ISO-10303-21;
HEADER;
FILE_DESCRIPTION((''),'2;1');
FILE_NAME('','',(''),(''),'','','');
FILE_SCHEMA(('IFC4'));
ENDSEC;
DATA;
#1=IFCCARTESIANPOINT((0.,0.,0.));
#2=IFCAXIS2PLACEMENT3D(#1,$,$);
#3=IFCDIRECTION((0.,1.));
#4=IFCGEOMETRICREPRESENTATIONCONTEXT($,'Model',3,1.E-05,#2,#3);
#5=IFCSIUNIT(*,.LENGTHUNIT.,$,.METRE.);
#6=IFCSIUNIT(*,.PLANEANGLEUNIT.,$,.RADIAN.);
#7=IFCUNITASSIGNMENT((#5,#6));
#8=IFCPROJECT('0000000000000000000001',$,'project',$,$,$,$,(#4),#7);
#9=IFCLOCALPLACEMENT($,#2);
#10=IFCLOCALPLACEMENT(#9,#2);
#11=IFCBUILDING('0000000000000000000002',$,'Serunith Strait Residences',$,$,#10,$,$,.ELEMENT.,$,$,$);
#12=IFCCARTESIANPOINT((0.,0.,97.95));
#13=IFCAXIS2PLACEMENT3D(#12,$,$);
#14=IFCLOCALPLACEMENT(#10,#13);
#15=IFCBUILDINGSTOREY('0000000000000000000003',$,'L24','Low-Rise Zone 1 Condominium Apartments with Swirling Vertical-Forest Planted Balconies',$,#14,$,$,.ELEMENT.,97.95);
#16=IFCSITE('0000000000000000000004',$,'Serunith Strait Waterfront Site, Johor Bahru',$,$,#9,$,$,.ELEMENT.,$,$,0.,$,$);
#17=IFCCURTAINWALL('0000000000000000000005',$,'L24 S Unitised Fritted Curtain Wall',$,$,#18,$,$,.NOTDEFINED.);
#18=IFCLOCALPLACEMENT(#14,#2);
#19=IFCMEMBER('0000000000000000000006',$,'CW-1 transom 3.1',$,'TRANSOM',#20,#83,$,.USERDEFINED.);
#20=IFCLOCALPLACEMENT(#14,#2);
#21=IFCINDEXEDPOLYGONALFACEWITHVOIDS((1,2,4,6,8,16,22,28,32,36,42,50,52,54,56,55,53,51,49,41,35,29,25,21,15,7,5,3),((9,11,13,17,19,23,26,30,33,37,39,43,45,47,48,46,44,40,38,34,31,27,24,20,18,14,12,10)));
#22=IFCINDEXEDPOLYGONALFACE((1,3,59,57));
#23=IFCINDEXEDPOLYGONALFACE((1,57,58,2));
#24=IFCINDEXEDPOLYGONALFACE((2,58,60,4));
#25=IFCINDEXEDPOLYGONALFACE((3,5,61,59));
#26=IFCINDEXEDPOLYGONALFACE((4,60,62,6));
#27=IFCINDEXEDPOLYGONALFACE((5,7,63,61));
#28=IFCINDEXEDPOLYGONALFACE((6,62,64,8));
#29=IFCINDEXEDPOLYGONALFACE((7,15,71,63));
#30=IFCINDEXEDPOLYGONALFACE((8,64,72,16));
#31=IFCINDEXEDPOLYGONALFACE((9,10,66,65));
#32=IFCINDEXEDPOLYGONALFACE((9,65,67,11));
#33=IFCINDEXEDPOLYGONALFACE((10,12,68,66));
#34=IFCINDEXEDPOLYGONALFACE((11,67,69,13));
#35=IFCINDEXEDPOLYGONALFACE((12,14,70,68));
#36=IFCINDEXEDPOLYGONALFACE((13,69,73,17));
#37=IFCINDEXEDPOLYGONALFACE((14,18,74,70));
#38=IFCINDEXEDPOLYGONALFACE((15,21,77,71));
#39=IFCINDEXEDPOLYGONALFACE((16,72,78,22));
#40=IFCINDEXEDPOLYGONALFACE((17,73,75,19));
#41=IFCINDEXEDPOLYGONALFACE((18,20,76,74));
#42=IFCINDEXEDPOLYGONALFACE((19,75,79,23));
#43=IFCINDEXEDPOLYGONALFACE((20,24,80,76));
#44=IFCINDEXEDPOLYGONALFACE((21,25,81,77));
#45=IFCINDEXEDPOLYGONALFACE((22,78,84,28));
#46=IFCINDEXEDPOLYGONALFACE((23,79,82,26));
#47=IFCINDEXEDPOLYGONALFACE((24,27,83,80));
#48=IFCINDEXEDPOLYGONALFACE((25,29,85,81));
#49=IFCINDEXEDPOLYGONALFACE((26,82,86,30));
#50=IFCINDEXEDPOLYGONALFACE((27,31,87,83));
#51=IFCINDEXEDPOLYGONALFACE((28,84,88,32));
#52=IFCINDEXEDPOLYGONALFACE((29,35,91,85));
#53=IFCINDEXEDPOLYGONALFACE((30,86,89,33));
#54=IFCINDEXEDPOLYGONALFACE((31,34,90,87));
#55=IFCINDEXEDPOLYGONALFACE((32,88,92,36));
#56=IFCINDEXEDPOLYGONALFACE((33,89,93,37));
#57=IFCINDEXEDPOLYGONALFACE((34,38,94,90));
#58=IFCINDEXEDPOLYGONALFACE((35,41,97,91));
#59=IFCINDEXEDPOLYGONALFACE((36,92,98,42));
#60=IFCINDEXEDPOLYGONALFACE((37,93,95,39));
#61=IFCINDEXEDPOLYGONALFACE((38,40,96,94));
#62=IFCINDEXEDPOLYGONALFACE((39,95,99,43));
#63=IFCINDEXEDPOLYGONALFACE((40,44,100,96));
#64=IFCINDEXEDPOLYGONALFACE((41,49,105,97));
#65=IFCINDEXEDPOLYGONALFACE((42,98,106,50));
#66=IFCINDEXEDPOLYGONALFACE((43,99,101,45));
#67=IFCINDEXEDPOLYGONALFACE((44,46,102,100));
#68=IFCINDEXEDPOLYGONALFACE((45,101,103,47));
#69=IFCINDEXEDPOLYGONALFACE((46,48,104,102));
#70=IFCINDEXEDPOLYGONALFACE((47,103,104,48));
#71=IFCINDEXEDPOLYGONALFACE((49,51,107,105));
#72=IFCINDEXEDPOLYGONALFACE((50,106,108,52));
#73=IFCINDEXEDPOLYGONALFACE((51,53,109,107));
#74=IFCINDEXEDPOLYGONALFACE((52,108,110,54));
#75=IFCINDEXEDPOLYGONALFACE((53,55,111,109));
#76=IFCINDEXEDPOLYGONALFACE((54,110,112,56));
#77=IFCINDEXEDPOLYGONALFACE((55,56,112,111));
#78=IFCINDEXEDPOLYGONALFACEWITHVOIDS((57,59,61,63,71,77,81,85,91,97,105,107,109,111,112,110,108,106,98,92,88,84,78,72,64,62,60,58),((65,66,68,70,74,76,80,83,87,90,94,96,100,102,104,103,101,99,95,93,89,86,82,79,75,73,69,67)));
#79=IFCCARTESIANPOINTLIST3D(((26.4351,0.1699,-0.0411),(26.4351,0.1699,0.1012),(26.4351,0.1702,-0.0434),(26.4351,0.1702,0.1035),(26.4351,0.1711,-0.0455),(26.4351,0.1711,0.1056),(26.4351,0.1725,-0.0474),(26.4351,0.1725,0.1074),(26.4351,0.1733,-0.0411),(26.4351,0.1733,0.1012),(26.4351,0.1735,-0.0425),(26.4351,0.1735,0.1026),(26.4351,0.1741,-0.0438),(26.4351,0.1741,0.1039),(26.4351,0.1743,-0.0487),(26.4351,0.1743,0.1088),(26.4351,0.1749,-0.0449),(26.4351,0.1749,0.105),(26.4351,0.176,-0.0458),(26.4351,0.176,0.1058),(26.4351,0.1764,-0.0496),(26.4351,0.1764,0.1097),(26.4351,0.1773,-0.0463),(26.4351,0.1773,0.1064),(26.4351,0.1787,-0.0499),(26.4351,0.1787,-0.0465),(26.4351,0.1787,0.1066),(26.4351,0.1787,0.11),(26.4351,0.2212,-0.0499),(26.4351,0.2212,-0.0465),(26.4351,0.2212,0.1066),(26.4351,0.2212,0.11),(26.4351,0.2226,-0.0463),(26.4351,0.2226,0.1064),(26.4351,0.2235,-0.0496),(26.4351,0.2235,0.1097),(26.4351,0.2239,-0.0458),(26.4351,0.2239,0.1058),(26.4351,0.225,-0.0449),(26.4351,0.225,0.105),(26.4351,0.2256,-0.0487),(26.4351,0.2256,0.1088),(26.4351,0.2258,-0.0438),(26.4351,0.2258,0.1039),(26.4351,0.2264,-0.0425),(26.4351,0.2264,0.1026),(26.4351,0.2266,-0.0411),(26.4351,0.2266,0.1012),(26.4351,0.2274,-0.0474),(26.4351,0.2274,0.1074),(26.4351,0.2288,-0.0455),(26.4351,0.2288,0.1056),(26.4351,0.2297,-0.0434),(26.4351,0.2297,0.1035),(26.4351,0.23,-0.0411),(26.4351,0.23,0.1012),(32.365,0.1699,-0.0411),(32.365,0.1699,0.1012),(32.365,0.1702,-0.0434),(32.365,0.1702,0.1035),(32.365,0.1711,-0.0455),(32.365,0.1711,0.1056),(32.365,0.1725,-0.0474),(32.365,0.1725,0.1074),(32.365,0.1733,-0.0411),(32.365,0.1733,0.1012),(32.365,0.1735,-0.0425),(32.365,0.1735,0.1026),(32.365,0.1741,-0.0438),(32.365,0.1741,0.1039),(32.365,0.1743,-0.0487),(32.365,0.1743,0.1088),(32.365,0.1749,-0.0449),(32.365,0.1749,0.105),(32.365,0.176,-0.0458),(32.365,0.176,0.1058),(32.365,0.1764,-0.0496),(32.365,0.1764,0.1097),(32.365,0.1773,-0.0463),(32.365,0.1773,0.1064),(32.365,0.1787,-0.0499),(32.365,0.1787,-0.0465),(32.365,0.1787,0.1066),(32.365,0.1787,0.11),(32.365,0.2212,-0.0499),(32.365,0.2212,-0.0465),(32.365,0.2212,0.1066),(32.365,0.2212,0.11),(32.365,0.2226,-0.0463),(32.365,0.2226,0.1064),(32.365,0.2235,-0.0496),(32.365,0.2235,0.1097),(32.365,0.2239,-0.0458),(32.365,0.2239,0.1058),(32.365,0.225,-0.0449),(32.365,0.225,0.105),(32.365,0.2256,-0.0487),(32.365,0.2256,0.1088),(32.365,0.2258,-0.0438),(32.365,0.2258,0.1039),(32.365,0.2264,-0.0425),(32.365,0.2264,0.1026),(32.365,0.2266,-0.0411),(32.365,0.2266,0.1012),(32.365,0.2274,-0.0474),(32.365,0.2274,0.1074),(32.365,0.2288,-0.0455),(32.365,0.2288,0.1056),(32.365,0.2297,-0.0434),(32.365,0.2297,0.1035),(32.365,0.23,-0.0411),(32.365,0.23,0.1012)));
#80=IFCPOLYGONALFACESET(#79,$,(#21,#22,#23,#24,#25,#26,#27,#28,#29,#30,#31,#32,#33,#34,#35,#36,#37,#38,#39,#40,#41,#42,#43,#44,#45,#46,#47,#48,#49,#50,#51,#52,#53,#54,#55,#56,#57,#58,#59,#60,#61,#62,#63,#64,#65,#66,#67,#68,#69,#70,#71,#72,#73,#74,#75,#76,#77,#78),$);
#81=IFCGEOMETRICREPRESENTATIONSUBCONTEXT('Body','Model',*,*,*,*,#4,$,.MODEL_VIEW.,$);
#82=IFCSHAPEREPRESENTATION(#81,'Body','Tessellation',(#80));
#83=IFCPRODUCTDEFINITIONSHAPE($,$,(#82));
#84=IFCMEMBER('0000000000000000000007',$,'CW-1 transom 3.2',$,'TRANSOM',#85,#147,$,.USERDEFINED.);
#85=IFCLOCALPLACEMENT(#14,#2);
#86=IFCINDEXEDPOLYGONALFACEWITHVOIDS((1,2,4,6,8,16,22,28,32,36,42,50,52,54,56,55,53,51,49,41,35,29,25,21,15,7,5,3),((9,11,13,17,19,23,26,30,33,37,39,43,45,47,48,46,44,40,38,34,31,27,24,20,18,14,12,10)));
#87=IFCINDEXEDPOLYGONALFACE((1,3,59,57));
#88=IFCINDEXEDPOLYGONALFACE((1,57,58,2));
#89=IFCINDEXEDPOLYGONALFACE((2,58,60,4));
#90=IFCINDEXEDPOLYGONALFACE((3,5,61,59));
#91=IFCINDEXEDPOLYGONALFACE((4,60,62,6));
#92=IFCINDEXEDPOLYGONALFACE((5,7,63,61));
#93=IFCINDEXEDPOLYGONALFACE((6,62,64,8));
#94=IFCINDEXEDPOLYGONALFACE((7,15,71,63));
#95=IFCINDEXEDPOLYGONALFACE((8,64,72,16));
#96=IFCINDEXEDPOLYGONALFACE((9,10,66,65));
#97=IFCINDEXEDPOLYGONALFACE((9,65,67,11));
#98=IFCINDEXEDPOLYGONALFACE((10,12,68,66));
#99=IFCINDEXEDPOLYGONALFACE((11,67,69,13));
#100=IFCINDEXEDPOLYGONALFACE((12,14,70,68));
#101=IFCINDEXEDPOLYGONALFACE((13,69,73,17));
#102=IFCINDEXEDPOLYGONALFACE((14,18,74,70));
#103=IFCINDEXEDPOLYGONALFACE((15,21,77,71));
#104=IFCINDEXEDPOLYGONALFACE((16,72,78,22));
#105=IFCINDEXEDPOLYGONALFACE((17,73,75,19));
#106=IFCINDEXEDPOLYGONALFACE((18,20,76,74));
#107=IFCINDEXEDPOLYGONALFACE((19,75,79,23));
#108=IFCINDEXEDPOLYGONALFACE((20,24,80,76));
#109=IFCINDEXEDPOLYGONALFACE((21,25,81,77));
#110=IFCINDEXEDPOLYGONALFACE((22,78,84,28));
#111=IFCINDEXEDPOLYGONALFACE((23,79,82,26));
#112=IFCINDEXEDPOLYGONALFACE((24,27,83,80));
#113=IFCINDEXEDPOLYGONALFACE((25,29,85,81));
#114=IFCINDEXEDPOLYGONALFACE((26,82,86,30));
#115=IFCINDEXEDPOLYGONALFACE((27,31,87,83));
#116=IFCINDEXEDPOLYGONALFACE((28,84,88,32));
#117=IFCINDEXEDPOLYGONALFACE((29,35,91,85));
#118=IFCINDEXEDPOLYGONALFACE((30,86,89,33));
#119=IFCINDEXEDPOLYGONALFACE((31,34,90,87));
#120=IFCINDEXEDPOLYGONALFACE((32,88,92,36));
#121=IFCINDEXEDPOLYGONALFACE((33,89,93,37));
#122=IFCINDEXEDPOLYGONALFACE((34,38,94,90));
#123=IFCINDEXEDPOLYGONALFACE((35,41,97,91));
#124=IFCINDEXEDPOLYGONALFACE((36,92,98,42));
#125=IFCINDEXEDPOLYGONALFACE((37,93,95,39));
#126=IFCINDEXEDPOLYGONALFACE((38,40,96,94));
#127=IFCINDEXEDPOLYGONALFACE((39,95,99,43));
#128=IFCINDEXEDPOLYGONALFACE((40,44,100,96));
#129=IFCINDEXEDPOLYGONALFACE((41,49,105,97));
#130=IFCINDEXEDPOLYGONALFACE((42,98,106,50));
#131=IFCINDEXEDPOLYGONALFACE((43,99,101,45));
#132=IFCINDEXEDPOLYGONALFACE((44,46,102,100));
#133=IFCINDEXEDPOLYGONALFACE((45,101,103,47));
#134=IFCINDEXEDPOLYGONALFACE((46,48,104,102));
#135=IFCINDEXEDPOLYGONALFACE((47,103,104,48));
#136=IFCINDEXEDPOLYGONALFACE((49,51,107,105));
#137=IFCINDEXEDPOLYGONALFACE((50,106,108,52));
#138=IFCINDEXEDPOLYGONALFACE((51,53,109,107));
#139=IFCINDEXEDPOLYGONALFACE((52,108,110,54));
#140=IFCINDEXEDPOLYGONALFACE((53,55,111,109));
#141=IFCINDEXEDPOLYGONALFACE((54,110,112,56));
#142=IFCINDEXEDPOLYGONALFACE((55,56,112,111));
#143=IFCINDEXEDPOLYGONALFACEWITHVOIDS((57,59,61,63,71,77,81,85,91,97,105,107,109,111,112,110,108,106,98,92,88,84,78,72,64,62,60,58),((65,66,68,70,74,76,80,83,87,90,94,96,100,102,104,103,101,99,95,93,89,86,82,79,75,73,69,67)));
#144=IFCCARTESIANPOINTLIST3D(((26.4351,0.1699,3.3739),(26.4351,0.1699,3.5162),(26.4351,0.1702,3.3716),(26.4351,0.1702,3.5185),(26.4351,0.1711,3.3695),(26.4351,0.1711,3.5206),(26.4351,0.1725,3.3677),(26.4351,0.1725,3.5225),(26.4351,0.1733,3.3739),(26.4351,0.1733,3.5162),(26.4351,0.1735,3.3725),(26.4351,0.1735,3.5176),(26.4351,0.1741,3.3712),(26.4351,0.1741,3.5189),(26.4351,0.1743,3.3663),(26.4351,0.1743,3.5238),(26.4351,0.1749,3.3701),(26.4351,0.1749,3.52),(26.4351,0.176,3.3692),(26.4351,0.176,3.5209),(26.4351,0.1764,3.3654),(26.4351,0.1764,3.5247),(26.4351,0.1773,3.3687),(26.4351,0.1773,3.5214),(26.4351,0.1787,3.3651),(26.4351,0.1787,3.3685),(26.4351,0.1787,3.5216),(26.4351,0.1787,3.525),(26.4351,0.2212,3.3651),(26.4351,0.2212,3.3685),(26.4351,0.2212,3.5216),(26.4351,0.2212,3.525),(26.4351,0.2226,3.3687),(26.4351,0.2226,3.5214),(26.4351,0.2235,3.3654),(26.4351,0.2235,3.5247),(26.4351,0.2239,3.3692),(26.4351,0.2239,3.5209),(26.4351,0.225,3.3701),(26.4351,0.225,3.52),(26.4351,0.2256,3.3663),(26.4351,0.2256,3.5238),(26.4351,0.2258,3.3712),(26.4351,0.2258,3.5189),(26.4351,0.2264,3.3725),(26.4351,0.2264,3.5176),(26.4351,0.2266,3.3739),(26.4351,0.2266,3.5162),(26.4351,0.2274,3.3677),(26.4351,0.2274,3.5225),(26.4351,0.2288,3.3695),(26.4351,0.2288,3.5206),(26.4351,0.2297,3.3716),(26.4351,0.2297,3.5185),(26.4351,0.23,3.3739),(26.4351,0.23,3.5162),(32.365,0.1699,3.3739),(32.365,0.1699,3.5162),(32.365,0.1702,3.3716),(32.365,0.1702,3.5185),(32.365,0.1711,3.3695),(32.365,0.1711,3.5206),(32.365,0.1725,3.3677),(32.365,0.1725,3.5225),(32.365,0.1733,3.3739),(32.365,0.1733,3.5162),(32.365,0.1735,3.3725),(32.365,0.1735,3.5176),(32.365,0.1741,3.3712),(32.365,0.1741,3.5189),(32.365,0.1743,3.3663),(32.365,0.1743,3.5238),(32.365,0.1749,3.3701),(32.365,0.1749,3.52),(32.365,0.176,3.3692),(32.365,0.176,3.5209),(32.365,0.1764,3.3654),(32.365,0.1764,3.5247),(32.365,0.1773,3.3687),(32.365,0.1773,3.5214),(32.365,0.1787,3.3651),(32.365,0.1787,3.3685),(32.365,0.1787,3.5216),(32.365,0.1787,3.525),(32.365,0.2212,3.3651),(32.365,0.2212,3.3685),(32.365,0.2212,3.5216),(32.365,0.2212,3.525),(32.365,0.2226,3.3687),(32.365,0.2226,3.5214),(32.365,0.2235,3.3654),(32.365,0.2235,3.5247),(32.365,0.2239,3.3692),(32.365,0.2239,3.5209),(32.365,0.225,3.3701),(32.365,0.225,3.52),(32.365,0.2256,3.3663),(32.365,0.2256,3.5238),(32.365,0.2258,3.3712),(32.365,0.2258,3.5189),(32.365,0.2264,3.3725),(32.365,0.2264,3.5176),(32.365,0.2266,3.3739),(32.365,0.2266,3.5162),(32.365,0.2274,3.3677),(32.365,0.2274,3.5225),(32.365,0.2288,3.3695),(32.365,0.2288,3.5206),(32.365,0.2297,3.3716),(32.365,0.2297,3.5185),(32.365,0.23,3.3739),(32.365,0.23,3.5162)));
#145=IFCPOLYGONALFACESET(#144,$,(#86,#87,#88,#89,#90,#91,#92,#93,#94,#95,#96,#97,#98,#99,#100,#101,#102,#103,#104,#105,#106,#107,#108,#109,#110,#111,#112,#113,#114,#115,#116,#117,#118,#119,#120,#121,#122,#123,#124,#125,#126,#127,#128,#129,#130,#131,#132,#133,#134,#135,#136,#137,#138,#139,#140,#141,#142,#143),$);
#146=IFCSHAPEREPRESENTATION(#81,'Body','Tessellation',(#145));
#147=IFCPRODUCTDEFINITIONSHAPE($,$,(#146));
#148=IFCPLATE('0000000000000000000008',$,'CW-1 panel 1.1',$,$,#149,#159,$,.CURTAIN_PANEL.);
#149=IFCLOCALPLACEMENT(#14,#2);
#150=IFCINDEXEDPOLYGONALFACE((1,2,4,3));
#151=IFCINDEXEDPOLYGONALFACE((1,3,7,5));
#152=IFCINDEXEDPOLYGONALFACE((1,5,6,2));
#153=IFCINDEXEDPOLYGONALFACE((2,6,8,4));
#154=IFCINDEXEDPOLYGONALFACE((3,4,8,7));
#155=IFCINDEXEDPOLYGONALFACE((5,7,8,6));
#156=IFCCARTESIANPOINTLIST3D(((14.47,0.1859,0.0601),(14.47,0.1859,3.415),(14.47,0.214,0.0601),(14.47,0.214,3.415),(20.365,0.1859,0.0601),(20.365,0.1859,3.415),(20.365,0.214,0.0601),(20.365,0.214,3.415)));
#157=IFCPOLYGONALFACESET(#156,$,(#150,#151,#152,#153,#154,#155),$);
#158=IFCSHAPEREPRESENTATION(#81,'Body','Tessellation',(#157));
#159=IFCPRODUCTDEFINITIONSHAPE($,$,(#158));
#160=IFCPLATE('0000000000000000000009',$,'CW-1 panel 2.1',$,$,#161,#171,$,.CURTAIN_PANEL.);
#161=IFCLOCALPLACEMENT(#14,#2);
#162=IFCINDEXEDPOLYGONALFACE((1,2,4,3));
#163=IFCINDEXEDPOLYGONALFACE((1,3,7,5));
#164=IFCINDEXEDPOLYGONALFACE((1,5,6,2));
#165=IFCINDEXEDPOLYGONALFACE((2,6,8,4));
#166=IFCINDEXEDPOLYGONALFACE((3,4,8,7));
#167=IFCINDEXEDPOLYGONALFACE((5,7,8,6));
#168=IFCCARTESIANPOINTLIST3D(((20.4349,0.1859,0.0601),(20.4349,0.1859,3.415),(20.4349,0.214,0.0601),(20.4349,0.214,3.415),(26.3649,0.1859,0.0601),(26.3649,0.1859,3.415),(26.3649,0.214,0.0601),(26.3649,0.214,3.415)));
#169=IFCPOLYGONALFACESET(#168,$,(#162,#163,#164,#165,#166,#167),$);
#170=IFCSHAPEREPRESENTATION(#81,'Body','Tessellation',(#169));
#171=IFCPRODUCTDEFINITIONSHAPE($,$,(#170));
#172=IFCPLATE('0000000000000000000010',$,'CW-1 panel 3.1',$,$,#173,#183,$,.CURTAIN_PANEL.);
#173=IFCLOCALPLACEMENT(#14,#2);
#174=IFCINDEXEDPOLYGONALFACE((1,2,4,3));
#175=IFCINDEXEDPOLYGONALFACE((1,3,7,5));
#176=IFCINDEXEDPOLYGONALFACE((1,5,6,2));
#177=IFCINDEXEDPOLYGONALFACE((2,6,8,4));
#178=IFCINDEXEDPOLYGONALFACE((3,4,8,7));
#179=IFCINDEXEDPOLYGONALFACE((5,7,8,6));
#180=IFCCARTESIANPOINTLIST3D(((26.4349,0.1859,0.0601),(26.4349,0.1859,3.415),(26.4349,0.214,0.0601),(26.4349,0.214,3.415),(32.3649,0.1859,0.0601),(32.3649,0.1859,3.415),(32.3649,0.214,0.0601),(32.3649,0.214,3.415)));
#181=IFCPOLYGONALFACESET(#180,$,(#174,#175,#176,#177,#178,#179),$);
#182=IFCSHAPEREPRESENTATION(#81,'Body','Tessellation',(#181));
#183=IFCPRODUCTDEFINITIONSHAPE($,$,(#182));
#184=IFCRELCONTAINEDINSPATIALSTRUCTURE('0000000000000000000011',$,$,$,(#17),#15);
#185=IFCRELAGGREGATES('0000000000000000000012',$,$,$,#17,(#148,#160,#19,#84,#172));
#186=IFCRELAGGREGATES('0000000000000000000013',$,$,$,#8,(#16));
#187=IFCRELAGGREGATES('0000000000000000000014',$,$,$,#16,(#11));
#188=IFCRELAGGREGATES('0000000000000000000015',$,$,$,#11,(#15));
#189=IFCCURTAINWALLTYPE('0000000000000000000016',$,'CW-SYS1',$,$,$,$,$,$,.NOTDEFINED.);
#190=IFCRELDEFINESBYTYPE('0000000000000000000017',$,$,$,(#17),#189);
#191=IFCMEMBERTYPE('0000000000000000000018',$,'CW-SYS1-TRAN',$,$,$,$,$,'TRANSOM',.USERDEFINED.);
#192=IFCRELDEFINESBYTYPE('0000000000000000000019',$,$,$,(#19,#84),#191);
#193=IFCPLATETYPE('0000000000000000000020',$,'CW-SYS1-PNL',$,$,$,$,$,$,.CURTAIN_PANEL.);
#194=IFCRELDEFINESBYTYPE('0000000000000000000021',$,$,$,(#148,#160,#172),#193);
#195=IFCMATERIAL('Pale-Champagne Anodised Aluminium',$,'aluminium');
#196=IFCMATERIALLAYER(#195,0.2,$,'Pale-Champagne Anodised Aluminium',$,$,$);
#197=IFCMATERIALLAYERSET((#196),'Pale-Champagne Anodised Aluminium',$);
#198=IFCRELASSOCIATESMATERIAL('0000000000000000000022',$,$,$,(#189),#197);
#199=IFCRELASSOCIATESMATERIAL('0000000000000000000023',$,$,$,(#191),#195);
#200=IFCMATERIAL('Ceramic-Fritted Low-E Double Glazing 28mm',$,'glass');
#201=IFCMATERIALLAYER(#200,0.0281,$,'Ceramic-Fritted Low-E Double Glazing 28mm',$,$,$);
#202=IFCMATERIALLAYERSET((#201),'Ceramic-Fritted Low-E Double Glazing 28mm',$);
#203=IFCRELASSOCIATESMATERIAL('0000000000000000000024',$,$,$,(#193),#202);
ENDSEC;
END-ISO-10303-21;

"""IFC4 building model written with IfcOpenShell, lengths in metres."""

from ifc_helpers import new_model, si_unit, direction, frame, origin, origin_2d, place, context, subcontext, project, spatial, rectangle, hollow_rectangle, extrude, source, transform, mapped, material, layer, layer_set, material_profile, profile_set, type_object, element, aggregate, save


model = new_model("IFC4")

# Units and contexts
model_context = context("Model", 3, precision=1e-05, world=origin(), true_north=direction((0.0, 1.0)))
body_context = subcontext(model_context, "Body", "Model", "MODEL_VIEW")
ifc_project = project(units=[si_unit("LENGTHUNIT", "METRE"), si_unit("PLANEANGLEUNIT", "RADIAN")], contexts=[model_context])

# Site, building, storey
site_placement = place(None, origin())
site = spatial("IfcSite", under=ifc_project, at=site_placement, Name="Serunith Strait Waterfront Site, Johor Bahru", CompositionType="ELEMENT", RefElevation=0.0)
building_placement = place(site_placement, origin())
building = spatial("IfcBuilding", under=site, at=building_placement, Name="Serunith Strait Residences", CompositionType="ELEMENT")
storey_placement = place(building_placement, frame((0.0, 0.0, 97.95)))
storey = spatial("IfcBuildingStorey", under=building, at=storey_placement, Name="L24", Description="Low-Rise Zone 1 Condominium Apartments with Swirling Vertical-Forest Planted Balconies", CompositionType="ELEMENT", Elevation=97.95)

# Curtain wall, members, plates
ifc_material_1 = material(Name="Pale-Champagne Anodised Aluminium", Category="aluminium")
ifc_layer_1 = layer(ifc_material_1, 0.2, Name="Pale-Champagne Anodised Aluminium")
ifc_layer_set_1 = layer_set([ifc_layer_1], Name="Pale-Champagne Anodised Aluminium")
curtain_wall_type = type_object("IfcCurtainWallType", Name="CW-SYS1", PredefinedType="NOTDEFINED", material=ifc_layer_set_1)
curtain_wall_placement = place(storey_placement, origin())
curtain_wall = element("IfcCurtainWall", 1, at=curtain_wall_placement, inside=storey, type_object=curtain_wall_type, Name="L24 S Unitised Fritted Curtain Wall", PredefinedType="NOTDEFINED")
ifc_material_profile_1 = material_profile(ifc_material_1, hollow_rectangle(XDim=0.0601, YDim=0.1599, WallThickness=0.0034, InnerFilletRadius=0.0054, OuterFilletRadius=0.0088, at=origin_2d()), Name="ALU 160x60x3.5")
ifc_profile_set_1 = profile_set([ifc_material_profile_1], Name="Pale-Champagne Anodised Aluminium")
member_type_1 = type_object("IfcMemberType", Name="CW-SYS1-TRAN", ElementType="TRANSOM", PredefinedType="USERDEFINED", material=ifc_profile_set_1)
shared_shape_1 = source(origin(), body_context, "Body", "SweptSolid", [
    extrude(hollow_rectangle(XDim=0.0601, YDim=0.1599, WallThickness=0.0034, InnerFilletRadius=0.0054, OuterFilletRadius=0.0088, at=origin_2d()), origin(), (0.0, 0.0, 1.0), 5.9299),
])
member_1_placement = place(storey_placement, frame((26.4351, 0.2, 0.03), z_axis=(1.0, 0.0, 0.0), x_axis=(0.0, 1.0, 0.0)))
member_1 = element("IfcMember", 2, at=member_1_placement, type_object=member_type_1, Name="CW-1 transom 3.1", ObjectType="TRANSOM", PredefinedType="USERDEFINED", context=body_context, shape_type="MappedRepresentation", body=[
    mapped(shared_shape_1, transform((0.0, 0.0, 0.0), scale=1.0)),
])
member_2_placement = place(storey_placement, frame((26.4351, 0.2, 3.4451), z_axis=(1.0, 0.0, 0.0), x_axis=(0.0, 1.0, 0.0)))
member_2 = element("IfcMember", 3, at=member_2_placement, type_object=member_type_1, Name="CW-1 transom 3.2", ObjectType="TRANSOM", PredefinedType="USERDEFINED", context=body_context, shape_type="MappedRepresentation", body=[
    mapped(shared_shape_1, transform((0.0, 0.0, 0.0), scale=1.0)),
])
ifc_material_2 = material(Name="Ceramic-Fritted Low-E Double Glazing 28mm", Category="glass")
ifc_layer_2 = layer(ifc_material_2, 0.0281, Name="Ceramic-Fritted Low-E Double Glazing 28mm")
ifc_layer_set_2 = layer_set([ifc_layer_2], Name="Ceramic-Fritted Low-E Double Glazing 28mm")
plate_type = type_object("IfcPlateType", Name="CW-SYS1-PNL", PredefinedType="CURTAIN_PANEL", material=ifc_layer_set_2)
shared_shape_2 = source(origin(), body_context, "Body", "SweptSolid", [
    extrude(rectangle(XDim=5.895, YDim=0.0281, at=origin_2d()), origin(), (0.0, 0.0, 1.0), 3.355),
])
plate_1_placement = place(storey_placement, frame((17.4175, 0.2, 0.0601), z_axis=(0.0, 0.0, 1.0), x_axis=(1.0, 0.0, 0.0)))
plate_1 = element("IfcPlate", 4, at=plate_1_placement, type_object=plate_type, Name="CW-1 panel 1.1", PredefinedType="CURTAIN_PANEL", context=body_context, shape_type="MappedRepresentation", body=[
    mapped(shared_shape_2, transform((0.0, 0.0, 0.0), scale=1.0)),
])
shared_shape_3 = source(origin(), body_context, "Body", "SweptSolid", [
    extrude(rectangle(XDim=5.9299, YDim=0.0281, at=origin_2d()), origin(), (0.0, 0.0, 1.0), 3.355),
])
plate_2_placement = place(storey_placement, frame((23.3999, 0.2, 0.0601), z_axis=(0.0, 0.0, 1.0), x_axis=(1.0, 0.0, 0.0)))
plate_2 = element("IfcPlate", 5, at=plate_2_placement, type_object=plate_type, Name="CW-1 panel 2.1", PredefinedType="CURTAIN_PANEL", context=body_context, shape_type="MappedRepresentation", body=[
    mapped(shared_shape_3, transform((0.0, 0.0, 0.0), scale=1.0)),
])
plate_3_placement = place(storey_placement, frame((29.3999, 0.2, 0.0601), z_axis=(0.0, 0.0, 1.0), x_axis=(1.0, 0.0, 0.0)))
plate_3 = element("IfcPlate", 6, at=plate_3_placement, type_object=plate_type, Name="CW-1 panel 3.1", PredefinedType="CURTAIN_PANEL", context=body_context, shape_type="MappedRepresentation", body=[
    mapped(shared_shape_3, transform((0.0, 0.0, 0.0), scale=1.0)),
])
aggregate(curtain_wall, [plate_1, plate_2, member_1, member_2, plate_3])

save(model, "model.ifc")
